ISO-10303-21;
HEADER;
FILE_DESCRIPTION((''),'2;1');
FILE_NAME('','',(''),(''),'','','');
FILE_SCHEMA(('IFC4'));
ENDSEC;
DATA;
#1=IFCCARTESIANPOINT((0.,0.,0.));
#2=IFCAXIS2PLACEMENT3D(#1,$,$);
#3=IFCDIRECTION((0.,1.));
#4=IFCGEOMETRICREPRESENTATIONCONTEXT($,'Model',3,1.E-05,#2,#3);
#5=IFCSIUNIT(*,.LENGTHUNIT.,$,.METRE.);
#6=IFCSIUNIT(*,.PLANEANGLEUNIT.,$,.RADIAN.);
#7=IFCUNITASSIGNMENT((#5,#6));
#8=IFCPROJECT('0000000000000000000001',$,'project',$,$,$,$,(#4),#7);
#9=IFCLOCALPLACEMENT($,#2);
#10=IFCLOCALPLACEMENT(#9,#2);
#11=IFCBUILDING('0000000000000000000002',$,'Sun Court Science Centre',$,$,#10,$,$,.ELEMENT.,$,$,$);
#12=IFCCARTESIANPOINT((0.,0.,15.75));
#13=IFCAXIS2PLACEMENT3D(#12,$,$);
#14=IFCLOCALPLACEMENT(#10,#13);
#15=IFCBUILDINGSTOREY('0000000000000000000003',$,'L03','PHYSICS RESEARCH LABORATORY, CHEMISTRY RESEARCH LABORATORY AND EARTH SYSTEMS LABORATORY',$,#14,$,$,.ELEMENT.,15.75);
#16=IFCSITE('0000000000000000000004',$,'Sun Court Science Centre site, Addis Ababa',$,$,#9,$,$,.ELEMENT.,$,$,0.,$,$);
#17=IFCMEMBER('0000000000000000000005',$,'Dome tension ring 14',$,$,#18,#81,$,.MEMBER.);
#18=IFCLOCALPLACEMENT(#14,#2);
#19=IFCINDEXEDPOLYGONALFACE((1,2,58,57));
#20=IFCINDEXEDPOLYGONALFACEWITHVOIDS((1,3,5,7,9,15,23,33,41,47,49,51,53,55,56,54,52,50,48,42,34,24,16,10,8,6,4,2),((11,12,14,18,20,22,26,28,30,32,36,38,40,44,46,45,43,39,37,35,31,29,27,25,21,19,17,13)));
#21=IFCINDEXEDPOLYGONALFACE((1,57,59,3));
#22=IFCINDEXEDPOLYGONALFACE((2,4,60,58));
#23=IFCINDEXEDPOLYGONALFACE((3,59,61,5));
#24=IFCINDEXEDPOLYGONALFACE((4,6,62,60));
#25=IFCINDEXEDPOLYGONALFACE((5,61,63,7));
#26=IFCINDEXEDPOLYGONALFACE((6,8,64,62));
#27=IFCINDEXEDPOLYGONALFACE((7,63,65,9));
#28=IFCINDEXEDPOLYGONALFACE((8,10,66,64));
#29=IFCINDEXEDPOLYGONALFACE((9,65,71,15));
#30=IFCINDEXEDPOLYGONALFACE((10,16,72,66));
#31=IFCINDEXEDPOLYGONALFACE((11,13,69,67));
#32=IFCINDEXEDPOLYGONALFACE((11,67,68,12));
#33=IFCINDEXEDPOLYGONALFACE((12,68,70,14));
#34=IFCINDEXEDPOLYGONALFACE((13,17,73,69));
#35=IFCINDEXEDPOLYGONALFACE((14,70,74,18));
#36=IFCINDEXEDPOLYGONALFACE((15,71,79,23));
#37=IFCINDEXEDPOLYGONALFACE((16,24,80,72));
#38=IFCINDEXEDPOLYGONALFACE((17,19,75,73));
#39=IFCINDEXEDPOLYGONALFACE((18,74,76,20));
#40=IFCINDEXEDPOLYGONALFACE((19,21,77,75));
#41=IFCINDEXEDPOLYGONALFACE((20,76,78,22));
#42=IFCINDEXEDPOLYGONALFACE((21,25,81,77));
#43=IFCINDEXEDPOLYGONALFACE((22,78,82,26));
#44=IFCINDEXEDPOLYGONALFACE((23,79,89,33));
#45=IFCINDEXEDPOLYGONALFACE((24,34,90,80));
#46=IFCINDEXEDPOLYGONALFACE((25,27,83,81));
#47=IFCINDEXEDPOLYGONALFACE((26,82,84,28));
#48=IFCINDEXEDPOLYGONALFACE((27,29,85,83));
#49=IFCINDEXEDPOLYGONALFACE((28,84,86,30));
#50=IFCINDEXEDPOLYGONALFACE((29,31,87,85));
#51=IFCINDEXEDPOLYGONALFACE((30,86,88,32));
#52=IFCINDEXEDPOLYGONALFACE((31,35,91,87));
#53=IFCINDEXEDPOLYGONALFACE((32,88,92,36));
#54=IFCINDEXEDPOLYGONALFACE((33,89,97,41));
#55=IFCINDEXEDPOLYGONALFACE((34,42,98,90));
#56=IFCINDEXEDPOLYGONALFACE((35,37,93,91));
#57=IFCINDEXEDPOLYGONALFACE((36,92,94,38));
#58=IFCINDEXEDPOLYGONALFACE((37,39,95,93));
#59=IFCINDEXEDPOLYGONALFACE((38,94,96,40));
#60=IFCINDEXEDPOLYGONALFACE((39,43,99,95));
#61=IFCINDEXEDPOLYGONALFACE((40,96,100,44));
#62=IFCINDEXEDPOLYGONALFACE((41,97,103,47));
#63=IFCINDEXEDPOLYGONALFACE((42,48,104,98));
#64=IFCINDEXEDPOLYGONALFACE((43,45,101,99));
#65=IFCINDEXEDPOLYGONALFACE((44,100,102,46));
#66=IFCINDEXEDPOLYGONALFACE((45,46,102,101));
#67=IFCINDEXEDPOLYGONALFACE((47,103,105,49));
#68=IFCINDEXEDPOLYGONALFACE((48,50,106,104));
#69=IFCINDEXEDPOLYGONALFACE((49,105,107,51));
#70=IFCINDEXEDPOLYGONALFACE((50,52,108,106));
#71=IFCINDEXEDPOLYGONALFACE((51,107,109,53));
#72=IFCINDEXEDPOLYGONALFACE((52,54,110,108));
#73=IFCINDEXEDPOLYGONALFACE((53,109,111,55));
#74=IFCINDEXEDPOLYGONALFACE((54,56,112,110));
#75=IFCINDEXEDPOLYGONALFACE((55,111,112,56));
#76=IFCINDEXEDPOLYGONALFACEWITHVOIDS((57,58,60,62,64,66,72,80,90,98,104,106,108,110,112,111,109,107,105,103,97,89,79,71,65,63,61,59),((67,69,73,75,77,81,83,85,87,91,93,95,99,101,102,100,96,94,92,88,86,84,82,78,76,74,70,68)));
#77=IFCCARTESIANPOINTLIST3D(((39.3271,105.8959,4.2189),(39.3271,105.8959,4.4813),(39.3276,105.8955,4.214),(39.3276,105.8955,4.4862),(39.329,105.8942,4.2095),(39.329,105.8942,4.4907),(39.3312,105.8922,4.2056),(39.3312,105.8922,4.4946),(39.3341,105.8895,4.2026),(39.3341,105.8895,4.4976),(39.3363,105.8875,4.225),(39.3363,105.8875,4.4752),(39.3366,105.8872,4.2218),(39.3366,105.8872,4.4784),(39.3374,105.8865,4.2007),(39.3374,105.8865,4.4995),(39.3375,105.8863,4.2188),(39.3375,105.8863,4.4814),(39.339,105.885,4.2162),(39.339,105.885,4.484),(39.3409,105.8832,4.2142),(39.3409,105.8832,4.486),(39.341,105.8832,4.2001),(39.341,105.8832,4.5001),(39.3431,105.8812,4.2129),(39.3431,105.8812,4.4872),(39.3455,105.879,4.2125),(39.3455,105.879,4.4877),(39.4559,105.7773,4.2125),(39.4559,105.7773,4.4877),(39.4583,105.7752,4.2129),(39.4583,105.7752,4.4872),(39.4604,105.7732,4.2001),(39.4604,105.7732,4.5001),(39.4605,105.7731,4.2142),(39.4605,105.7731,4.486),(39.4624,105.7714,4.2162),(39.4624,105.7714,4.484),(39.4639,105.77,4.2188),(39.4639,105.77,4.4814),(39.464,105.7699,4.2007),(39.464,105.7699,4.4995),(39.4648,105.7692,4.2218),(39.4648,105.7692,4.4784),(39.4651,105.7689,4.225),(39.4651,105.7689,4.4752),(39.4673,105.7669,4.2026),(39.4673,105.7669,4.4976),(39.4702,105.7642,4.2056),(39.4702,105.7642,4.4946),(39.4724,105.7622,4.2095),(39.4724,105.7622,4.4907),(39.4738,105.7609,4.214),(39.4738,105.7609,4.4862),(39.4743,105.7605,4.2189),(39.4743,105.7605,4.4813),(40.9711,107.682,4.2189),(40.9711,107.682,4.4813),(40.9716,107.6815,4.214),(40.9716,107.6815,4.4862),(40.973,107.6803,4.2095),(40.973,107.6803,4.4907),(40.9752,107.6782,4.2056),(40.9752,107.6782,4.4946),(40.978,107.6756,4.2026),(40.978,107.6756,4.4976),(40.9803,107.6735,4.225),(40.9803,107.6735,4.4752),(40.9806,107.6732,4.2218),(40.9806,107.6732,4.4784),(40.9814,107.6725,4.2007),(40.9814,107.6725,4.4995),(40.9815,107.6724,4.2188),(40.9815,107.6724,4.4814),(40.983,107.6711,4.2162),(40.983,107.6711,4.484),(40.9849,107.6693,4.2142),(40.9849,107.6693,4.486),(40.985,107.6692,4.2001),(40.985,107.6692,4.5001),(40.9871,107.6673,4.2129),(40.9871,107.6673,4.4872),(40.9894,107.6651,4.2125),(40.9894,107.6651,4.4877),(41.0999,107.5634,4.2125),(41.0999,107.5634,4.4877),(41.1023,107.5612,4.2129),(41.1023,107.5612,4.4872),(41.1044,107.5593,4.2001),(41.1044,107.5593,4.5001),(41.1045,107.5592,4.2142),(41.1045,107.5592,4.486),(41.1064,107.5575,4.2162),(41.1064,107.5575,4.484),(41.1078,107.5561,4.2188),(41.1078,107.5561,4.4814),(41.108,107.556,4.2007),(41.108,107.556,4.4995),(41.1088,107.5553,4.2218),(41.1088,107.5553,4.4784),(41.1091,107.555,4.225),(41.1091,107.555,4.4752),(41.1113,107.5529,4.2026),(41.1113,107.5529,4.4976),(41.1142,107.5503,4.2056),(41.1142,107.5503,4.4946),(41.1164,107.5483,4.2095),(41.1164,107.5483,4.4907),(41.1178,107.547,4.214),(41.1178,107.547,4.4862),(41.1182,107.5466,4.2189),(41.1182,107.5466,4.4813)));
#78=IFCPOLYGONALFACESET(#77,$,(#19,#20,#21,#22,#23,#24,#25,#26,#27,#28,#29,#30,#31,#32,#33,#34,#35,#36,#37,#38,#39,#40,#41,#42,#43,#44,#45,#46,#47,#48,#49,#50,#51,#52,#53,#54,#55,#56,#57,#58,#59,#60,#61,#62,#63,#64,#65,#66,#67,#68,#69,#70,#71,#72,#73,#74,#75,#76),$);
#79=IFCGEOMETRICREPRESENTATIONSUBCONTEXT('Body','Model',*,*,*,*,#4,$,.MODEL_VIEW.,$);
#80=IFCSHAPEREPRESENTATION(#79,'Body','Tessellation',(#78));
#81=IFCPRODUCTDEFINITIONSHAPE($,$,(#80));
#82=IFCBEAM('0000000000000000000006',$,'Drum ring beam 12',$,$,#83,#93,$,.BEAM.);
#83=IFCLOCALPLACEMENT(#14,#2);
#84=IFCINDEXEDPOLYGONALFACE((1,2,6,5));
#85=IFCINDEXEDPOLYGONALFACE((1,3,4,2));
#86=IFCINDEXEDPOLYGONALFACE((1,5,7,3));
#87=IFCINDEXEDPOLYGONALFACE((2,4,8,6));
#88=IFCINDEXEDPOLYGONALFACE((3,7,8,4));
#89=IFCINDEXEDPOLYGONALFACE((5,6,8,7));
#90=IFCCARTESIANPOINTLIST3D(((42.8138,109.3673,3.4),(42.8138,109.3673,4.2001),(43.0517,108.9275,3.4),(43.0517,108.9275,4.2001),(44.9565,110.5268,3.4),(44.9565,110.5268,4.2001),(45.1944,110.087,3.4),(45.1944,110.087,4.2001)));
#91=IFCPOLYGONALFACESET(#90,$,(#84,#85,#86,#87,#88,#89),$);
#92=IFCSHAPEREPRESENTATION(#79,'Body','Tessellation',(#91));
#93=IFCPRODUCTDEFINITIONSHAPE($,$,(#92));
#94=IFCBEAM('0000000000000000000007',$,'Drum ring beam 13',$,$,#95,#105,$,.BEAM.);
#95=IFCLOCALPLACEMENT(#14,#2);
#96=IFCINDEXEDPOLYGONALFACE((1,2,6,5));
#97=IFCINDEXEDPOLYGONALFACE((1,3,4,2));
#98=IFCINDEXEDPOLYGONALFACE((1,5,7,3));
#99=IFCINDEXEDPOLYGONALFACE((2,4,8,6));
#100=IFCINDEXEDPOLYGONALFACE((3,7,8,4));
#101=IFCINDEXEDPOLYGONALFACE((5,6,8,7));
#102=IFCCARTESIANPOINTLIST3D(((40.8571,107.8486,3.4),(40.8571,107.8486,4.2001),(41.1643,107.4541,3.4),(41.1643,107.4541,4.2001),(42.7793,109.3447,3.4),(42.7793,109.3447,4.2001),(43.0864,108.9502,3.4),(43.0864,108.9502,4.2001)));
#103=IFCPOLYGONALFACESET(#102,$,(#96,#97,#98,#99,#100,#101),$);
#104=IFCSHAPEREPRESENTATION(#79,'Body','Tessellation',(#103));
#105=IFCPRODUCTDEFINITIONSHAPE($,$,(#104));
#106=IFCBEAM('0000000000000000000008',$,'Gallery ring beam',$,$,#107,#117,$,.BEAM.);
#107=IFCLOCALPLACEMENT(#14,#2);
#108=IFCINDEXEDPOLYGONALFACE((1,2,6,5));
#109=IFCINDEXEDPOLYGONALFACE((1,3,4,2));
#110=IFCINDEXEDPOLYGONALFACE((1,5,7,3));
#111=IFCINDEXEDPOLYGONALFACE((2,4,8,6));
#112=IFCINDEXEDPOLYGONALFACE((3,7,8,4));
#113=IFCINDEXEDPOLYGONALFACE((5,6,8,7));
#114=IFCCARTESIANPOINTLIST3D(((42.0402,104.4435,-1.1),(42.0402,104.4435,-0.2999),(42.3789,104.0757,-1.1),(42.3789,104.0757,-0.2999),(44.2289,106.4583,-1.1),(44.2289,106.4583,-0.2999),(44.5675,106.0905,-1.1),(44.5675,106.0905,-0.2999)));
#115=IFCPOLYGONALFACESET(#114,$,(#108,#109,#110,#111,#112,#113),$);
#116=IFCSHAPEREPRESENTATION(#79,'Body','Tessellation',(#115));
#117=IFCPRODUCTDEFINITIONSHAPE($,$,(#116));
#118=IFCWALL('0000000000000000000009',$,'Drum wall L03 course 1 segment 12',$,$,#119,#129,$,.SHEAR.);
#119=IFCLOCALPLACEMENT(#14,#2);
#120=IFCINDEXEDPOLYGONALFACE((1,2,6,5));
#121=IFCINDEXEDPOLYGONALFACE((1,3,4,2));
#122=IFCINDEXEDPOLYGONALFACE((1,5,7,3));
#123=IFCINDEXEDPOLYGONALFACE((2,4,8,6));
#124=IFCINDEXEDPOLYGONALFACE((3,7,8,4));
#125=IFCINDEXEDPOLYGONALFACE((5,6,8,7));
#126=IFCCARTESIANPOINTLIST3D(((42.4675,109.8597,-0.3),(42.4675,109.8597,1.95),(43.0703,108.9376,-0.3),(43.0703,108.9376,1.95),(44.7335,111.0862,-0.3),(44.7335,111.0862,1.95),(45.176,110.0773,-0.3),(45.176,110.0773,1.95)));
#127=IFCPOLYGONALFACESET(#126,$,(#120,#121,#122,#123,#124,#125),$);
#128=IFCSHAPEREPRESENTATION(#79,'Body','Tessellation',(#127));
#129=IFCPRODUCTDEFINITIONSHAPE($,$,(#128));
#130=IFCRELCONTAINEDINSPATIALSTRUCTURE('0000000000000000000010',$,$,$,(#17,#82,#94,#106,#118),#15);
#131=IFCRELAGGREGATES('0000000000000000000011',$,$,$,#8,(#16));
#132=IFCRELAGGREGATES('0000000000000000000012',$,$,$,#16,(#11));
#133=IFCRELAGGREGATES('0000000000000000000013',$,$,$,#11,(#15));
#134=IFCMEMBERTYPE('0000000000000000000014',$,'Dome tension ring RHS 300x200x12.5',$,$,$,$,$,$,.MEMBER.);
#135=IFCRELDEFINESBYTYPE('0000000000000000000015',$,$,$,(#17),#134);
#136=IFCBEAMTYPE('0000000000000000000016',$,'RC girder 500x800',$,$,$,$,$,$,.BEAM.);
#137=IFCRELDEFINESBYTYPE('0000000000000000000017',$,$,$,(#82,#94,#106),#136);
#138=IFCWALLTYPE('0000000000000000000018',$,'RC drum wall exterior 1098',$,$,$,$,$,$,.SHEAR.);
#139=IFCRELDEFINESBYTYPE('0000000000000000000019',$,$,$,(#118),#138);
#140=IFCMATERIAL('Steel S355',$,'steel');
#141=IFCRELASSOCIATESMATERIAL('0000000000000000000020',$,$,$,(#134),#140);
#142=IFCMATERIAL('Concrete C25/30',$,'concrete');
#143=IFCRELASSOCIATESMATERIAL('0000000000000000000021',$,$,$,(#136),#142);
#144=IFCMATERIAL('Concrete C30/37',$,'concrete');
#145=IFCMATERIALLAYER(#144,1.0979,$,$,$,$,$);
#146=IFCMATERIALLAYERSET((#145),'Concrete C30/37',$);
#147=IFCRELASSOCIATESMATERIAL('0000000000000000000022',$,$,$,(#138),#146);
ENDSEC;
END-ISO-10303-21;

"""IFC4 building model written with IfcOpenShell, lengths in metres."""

from ifc_helpers import new_model, si_unit, direction, frame, origin, origin_2d, place, context, subcontext, project, spatial, polyline, rectangle, hollow_rectangle, outline, extrude, material, layer, layer_set, material_profile, profile_set, type_object, element, save


model = new_model("IFC4")

# Units and contexts
model_context = context("Model", 3, precision=1e-05, world=origin(), true_north=direction((0.0, 1.0)))
body_context = subcontext(model_context, "Body", "Model", "MODEL_VIEW")
ifc_project = project(units=[si_unit("LENGTHUNIT", "METRE"), si_unit("PLANEANGLEUNIT", "RADIAN")], contexts=[model_context])

# Site, building, storey
site_placement = place(None, origin())
site = spatial("IfcSite", under=ifc_project, at=site_placement, Name="Sun Court Science Centre site, Addis Ababa", CompositionType="ELEMENT", RefElevation=0.0)
building_placement = place(site_placement, origin())
building = spatial("IfcBuilding", under=site, at=building_placement, Name="Sun Court Science Centre", CompositionType="ELEMENT")
storey_placement = place(building_placement, frame((0.0, 0.0, 15.75)))
storey = spatial("IfcBuildingStorey", under=building, at=storey_placement, Name="L03", Description="PHYSICS RESEARCH LABORATORY, CHEMISTRY RESEARCH LABORATORY AND EARTH SYSTEMS LABORATORY", CompositionType="ELEMENT", Elevation=15.75)

# Member
ifc_material_1 = material(Name="Steel S355", Category="steel")
ifc_material_profile_1 = material_profile(ifc_material_1, hollow_rectangle(XDim=0.2, YDim=0.3, WallThickness=0.0125, InnerFilletRadius=0.0125, OuterFilletRadius=0.0188, at=origin_2d()), Name="RHS 300x200x12.5")
ifc_profile_set_1 = profile_set([ifc_material_profile_1], Name="Steel S355")
member_type_1 = type_object("IfcMemberType", Name="Dome tension ring RHS 300x200x12.5", PredefinedType="MEMBER", material=ifc_profile_set_1)
for number, where, z_axis, x_axis, name in (
    (1, (41.0447, 107.6143, 4.3501), (-0.677235, -0.735767, 0.0), (0.735767, -0.677235, 0.0), "Dome tension ring 14"),
):
    element("IfcMember", number, at=place(storey_placement, frame(where, z_axis=z_axis, x_axis=x_axis)), inside=storey, type_object=member_type_1, Name=name, PredefinedType="MEMBER", context=body_context, shape_type="SweptSolid", body=[
        extrude(hollow_rectangle(XDim=0.2, YDim=0.3, WallThickness=0.0125, InnerFilletRadius=0.0125, OuterFilletRadius=0.0188, at=origin_2d()), origin(), (0.0, 0.0, 1.0), 2.4275),
    ])

# Beams
ifc_material_2 = material(Name="Concrete C25/30", Category="concrete")
ifc_material_profile_2 = material_profile(ifc_material_2, rectangle(XDim=0.5, YDim=0.8, at=origin_2d()), Name="RC 500x800")
ifc_profile_set_2 = profile_set([ifc_material_profile_2], Name="Concrete C25/30")
beam_type = type_object("IfcBeamType", Name="RC girder 500x800", PredefinedType="BEAM", material=ifc_profile_set_2)
beam_1_placement = place(storey_placement, frame((45.0754, 110.3069, 3.8), z_axis=(-0.879488, -0.475922, 0.0), x_axis=(0.475922, -0.879488, 0.0)))
element("IfcBeam", 2, at=beam_1_placement, inside=storey, type_object=beam_type, Name="Drum ring beam 12", PredefinedType="BEAM", context=body_context, shape_type="SweptSolid", body=[
    extrude(rectangle(XDim=0.5, YDim=0.8, at=origin_2d()), origin(), (0.0, 0.0, 1.0), 2.4363),
])
beam_2_placement = place(storey_placement, frame((42.9329, 109.1475, 3.8), z_axis=(-0.789131, -0.614225, 0.0), x_axis=(0.614225, -0.789131, 0.0)))
element("IfcBeam", 3, at=beam_2_placement, inside=storey, type_object=beam_type, Name="Drum ring beam 13", PredefinedType="BEAM", context=body_context, shape_type="SweptSolid", body=[
    extrude(rectangle(XDim=0.5, YDim=0.8, at=origin_2d()), origin(), (0.0, 0.0, 1.0), 2.4358),
])
beam_3_placement = place(storey_placement, frame((44.3982, 106.2744, -0.7), z_axis=(-0.735718, -0.677288, 0.0), x_axis=(0.677288, -0.735718, 0.0)))
element("IfcBeam", 4, at=beam_3_placement, inside=storey, type_object=beam_type, Name="Gallery ring beam", PredefinedType="BEAM", context=body_context, shape_type="SweptSolid", body=[
    extrude(rectangle(XDim=0.5, YDim=0.8, at=origin_2d()), origin(), (0.0, 0.0, 1.0), 2.9749),
])

# Wall
ifc_material_3 = material(Name="Concrete C30/37", Category="concrete")
ifc_layer_1 = layer(ifc_material_3, 1.0979)
ifc_layer_set_1 = layer_set([ifc_layer_1], Name="Concrete C30/37")
wall_type_1 = type_object("IfcWallType", Name="RC drum wall exterior 1098", PredefinedType="SHEAR", material=ifc_layer_set_1)
wall_1_placement = place(storey_placement, frame((44.9949, 110.6033, -0.3), z_axis=(0.0, 0.0, 1.0), x_axis=(-0.879459, -0.475975, 0.0)))
element("IfcWall", 5, at=wall_1_placement, inside=storey, type_object=wall_type_1, Name="Drum wall L03 course 1 segment 12", PredefinedType="SHEAR", context=body_context, shape_type="SweptSolid", body=[
    extrude(outline(polyline([(0.0, -0.5491), (2.5767, -0.5491), (2.4854, 0.5488), (0.0911, 0.5488), (0.0, -0.5491)])), origin(), (0.0, 0.0, 1.0), 2.25),
])

save(model, "model.ifc")
